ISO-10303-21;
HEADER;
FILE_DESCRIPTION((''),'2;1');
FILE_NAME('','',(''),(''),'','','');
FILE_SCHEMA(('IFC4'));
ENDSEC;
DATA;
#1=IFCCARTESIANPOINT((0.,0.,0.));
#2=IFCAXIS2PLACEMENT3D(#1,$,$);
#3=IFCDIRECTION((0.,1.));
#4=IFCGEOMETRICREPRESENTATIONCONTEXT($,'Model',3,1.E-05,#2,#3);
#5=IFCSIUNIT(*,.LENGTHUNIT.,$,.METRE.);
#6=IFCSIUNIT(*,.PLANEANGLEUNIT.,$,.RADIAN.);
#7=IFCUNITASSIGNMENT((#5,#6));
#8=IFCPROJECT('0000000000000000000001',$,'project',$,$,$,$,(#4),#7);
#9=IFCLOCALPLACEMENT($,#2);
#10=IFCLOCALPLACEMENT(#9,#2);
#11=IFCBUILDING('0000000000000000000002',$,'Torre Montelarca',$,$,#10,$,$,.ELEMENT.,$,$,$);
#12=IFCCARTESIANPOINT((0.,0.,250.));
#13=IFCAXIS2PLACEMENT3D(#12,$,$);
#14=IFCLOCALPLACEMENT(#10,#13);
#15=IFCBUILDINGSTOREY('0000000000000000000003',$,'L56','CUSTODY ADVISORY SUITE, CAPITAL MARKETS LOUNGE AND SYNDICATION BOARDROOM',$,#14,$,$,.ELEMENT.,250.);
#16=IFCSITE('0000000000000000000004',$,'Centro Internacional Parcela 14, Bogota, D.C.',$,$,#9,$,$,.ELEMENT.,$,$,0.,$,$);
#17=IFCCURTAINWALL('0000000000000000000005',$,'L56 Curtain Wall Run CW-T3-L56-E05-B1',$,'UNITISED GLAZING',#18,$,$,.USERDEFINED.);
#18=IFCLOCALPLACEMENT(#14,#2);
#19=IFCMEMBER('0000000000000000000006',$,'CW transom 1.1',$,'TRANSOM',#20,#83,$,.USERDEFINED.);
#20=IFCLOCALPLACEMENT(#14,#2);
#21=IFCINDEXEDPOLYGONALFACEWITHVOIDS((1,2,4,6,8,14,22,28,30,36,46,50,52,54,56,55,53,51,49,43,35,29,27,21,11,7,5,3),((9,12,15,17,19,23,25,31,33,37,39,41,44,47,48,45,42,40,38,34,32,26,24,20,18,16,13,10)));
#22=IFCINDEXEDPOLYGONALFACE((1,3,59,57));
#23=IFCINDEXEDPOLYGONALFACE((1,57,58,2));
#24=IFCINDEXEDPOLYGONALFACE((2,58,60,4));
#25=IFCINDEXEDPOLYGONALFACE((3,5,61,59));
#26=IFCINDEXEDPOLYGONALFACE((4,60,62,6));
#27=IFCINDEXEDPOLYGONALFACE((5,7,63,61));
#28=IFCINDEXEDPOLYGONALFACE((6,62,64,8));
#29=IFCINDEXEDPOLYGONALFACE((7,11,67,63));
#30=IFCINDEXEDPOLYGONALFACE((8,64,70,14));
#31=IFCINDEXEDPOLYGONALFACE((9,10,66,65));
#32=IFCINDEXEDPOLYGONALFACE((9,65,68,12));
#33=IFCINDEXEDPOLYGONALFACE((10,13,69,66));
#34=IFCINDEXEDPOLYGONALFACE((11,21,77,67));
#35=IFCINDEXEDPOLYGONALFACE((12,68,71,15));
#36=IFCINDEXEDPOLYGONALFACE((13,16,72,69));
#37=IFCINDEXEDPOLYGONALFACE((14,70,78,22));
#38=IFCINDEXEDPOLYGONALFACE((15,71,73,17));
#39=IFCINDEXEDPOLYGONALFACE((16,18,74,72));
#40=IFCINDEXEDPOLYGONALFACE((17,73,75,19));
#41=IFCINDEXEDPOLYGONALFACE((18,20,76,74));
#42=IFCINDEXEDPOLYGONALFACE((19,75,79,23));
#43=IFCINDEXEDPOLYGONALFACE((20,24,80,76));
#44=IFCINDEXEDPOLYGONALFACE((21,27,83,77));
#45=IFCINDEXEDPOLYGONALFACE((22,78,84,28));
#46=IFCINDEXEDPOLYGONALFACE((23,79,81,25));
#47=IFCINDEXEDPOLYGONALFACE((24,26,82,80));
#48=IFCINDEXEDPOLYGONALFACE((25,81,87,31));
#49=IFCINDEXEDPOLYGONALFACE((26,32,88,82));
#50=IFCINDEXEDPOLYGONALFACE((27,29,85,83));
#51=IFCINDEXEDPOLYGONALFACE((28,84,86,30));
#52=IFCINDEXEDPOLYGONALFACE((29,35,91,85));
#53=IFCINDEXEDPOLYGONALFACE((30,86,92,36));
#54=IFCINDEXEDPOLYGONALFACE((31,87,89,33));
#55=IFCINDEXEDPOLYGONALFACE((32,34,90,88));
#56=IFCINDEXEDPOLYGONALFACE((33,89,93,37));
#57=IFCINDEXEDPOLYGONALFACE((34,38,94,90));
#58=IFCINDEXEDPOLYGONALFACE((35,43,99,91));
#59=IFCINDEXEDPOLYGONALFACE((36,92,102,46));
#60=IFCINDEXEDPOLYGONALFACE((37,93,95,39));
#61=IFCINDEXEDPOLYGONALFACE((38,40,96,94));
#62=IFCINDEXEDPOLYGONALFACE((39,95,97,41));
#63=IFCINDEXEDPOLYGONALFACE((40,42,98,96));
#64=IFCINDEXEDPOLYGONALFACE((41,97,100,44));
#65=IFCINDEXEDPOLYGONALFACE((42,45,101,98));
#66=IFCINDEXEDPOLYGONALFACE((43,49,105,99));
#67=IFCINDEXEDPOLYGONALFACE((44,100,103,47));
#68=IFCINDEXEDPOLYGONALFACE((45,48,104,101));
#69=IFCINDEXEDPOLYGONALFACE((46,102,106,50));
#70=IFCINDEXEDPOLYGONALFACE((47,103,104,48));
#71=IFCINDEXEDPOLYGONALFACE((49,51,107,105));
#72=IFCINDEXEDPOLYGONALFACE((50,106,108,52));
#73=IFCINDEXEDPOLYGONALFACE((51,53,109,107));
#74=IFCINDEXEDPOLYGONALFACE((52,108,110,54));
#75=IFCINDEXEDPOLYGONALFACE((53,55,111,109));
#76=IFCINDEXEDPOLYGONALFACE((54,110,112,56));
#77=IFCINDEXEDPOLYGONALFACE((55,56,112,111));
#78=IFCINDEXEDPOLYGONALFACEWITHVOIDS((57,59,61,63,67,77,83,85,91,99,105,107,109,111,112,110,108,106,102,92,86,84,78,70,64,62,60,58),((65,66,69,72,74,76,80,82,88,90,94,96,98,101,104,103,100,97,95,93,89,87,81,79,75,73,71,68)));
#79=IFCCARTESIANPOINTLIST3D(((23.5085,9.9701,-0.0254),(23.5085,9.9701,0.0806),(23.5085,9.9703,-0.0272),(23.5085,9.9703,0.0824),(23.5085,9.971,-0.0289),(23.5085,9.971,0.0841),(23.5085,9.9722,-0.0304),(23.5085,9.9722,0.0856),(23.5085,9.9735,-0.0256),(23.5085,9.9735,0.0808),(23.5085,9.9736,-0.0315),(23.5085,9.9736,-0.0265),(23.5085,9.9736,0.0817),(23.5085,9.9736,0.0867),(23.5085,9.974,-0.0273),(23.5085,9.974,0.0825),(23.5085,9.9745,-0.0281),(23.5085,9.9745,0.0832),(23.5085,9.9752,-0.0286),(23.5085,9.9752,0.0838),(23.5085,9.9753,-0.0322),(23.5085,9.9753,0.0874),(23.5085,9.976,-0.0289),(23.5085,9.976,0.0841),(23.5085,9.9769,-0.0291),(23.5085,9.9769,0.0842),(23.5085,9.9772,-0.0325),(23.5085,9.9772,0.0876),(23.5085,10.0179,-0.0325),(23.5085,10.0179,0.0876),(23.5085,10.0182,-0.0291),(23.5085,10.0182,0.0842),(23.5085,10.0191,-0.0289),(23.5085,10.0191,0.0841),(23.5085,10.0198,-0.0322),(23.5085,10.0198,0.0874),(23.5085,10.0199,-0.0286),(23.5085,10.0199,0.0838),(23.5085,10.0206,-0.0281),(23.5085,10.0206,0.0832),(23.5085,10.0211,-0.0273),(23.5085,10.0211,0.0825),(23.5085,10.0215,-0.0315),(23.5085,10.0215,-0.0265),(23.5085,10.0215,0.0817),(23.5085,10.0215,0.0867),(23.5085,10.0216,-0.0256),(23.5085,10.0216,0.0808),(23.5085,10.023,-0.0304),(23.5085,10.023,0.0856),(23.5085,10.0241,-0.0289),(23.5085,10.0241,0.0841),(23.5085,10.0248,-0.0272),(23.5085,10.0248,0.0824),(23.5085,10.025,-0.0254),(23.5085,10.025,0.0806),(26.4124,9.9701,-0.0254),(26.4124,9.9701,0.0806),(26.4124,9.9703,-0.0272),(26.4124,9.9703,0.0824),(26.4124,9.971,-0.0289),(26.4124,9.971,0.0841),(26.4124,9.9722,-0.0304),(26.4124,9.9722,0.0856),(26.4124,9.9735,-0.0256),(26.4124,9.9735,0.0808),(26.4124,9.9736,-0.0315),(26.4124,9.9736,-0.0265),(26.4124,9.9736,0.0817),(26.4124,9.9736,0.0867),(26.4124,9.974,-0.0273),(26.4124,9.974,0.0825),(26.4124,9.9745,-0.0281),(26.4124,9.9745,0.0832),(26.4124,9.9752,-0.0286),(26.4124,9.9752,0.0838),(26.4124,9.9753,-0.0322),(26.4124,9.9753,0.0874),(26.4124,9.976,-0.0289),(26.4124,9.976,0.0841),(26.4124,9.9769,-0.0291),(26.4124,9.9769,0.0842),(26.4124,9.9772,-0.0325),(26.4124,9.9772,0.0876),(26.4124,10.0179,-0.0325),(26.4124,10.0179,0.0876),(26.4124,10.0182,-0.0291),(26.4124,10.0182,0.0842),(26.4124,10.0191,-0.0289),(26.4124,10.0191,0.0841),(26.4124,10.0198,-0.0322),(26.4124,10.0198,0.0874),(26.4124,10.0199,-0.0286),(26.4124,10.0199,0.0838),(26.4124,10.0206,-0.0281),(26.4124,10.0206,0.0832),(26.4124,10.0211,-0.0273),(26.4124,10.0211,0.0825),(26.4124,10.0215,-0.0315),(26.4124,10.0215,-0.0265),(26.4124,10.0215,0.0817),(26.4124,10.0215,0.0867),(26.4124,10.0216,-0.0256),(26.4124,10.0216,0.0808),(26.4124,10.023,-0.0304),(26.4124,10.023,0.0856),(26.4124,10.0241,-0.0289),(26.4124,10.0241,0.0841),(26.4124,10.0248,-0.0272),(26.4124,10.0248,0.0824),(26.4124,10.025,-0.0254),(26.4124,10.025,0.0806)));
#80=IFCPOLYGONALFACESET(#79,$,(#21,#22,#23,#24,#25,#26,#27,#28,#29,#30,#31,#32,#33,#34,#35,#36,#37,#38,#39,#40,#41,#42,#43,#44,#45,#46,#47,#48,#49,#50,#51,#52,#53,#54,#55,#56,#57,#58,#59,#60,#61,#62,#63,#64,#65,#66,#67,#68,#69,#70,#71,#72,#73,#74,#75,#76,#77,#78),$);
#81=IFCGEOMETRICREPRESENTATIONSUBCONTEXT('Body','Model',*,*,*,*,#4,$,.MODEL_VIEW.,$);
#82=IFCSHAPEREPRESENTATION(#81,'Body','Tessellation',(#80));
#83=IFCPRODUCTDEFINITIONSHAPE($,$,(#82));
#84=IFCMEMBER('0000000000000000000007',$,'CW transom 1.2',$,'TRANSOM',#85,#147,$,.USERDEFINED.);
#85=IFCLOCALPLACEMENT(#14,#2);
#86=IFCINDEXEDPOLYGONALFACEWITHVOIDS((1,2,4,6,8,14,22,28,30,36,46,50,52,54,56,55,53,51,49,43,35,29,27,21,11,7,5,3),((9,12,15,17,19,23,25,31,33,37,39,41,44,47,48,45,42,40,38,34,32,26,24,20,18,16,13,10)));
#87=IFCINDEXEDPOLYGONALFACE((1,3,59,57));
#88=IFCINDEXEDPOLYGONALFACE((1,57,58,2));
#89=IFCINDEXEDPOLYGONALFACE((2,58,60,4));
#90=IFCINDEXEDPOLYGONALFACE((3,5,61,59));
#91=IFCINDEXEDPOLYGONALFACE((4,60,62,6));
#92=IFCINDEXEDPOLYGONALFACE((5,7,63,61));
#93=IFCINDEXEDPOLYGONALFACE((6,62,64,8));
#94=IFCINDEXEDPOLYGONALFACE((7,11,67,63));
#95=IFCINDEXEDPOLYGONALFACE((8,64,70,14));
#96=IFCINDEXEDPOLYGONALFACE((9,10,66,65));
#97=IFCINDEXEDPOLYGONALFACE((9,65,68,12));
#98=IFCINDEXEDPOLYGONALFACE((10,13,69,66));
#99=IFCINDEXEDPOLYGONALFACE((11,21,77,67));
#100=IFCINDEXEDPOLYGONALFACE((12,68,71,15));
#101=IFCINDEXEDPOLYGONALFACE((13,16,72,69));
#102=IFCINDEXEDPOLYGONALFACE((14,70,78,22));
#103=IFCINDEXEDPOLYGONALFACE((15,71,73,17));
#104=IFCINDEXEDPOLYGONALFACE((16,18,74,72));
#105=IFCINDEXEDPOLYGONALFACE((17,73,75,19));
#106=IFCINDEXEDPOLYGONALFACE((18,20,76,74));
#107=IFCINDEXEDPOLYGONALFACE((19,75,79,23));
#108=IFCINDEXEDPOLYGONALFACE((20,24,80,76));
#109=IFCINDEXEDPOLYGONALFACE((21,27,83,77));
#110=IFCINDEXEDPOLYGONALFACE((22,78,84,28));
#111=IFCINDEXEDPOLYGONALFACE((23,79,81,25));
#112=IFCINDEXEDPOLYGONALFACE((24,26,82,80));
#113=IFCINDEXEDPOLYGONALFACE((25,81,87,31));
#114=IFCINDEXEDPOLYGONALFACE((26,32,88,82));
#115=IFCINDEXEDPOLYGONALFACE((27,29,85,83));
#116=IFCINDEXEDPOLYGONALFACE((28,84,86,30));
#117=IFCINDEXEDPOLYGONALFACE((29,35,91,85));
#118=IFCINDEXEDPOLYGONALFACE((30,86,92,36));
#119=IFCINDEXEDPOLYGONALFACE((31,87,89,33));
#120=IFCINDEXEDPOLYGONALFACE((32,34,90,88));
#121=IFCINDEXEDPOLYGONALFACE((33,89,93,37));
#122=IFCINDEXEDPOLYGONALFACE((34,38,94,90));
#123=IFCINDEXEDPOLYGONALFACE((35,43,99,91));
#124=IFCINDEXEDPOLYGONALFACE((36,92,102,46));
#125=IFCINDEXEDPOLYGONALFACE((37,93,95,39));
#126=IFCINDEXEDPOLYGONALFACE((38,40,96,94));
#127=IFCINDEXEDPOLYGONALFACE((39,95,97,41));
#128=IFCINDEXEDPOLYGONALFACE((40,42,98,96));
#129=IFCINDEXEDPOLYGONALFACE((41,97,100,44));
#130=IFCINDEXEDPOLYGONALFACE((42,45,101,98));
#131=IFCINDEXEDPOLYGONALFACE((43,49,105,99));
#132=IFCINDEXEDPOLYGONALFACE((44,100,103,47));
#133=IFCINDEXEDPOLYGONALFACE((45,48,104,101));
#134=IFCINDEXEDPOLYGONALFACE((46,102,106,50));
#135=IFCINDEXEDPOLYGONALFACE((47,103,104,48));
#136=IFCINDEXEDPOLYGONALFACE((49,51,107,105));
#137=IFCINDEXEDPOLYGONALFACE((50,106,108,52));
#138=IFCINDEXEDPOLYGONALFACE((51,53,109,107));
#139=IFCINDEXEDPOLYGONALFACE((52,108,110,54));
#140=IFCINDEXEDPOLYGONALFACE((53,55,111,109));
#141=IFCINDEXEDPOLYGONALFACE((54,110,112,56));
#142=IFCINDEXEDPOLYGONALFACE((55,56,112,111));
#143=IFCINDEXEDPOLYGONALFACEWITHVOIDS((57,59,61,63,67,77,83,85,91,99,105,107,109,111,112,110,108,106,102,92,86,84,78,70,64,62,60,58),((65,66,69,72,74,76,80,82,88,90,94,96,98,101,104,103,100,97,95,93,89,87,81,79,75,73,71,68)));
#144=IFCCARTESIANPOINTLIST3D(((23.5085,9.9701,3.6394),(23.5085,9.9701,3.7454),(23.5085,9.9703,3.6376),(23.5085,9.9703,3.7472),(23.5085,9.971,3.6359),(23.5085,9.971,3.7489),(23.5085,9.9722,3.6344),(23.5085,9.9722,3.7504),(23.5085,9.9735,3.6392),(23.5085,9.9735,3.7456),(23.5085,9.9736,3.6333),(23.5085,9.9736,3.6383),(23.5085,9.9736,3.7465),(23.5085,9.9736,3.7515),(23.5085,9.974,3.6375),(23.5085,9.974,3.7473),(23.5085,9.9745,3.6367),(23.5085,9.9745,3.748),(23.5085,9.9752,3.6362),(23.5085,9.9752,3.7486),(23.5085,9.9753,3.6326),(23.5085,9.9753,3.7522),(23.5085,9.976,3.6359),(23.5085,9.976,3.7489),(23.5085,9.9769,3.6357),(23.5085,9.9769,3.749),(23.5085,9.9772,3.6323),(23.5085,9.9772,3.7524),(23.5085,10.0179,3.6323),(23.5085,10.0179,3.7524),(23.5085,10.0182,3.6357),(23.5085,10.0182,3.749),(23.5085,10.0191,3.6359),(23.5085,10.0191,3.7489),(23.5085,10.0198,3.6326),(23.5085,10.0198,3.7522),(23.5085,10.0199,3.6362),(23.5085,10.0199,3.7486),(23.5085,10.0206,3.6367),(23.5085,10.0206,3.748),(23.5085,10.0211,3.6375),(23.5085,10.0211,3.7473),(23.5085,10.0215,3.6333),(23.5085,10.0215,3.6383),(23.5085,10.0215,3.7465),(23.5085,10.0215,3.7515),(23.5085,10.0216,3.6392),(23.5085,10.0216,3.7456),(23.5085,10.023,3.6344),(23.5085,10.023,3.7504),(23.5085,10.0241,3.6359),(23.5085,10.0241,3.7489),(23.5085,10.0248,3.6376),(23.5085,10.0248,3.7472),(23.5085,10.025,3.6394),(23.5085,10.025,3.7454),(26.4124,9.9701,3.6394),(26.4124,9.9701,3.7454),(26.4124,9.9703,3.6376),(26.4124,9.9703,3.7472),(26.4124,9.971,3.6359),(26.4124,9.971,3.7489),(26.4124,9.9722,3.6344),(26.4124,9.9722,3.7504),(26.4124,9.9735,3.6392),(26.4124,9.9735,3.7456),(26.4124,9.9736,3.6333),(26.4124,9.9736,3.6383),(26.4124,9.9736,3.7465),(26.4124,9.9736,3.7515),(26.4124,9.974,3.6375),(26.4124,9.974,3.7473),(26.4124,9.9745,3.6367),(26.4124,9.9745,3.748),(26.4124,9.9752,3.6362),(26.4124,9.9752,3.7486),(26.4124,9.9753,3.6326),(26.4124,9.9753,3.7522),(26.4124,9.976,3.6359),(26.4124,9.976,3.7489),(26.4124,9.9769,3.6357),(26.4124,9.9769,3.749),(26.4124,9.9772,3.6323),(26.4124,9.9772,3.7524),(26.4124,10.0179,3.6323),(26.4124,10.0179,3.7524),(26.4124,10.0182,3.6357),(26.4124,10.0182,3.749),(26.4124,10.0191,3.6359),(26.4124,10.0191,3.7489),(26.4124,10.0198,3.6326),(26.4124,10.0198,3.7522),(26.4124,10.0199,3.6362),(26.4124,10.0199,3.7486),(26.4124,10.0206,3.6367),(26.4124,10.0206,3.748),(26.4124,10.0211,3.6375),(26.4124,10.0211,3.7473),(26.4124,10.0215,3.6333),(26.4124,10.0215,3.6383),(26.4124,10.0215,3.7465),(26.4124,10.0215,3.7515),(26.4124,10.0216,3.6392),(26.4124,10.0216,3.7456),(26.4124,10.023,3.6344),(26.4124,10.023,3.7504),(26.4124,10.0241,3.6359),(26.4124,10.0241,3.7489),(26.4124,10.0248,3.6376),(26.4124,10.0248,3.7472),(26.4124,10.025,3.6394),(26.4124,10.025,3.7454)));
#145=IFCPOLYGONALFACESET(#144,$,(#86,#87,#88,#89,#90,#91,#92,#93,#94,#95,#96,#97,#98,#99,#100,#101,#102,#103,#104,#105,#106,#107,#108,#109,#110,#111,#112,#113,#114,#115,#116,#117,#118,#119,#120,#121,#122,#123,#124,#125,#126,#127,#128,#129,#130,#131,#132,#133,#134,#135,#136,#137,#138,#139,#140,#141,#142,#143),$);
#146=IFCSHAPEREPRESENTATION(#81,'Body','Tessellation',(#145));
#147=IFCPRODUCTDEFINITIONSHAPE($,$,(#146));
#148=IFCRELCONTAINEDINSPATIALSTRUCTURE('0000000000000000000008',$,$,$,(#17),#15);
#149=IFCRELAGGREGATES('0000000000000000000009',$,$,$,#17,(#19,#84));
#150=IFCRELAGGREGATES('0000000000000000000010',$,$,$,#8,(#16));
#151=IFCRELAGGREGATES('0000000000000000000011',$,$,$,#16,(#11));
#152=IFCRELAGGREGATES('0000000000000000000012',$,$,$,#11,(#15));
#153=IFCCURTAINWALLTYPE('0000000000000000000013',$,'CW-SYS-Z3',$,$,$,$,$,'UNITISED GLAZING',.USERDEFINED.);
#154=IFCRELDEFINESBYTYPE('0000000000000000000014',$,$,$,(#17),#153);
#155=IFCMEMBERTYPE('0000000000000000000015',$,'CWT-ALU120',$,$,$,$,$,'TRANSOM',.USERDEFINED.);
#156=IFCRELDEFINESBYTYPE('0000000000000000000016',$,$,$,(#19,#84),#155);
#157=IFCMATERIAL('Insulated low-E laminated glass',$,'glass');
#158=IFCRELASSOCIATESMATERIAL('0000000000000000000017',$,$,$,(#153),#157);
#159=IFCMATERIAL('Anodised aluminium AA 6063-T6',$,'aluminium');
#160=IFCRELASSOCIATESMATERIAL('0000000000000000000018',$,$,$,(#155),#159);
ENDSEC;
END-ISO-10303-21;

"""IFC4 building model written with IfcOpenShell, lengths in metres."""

from ifc_helpers import new_model, si_unit, direction, frame, origin, origin_2d, place, context, subcontext, project, spatial, hollow_rectangle, extrude, source, transform, mapped, material, material_profile, profile_set, type_object, element, aggregate, save


model = new_model("IFC4")

# Units and contexts
model_context = context("Model", 3, precision=1e-05, world=origin(), true_north=direction((0.0, 1.0)))
body_context = subcontext(model_context, "Body", "Model", "MODEL_VIEW")
ifc_project = project(units=[si_unit("LENGTHUNIT", "METRE"), si_unit("PLANEANGLEUNIT", "RADIAN")], contexts=[model_context])

# Site, building, storey
site_placement = place(None, origin())
site = spatial("IfcSite", under=ifc_project, at=site_placement, Name="Centro Internacional Parcela 14, Bogota, D.C.", CompositionType="ELEMENT", RefElevation=0.0)
building_placement = place(site_placement, origin())
building = spatial("IfcBuilding", under=site, at=building_placement, Name="Torre Montelarca", CompositionType="ELEMENT")
storey_placement = place(building_placement, frame((0.0, 0.0, 250.0)))
storey = spatial("IfcBuildingStorey", under=building, at=storey_placement, Name="L56", Description="CUSTODY ADVISORY SUITE, CAPITAL MARKETS LOUNGE AND SYNDICATION BOARDROOM", CompositionType="ELEMENT", Elevation=250.0)

# Curtain wall
ifc_material_1 = material(Name="Insulated low-E laminated glass", Category="glass")
curtain_wall_type = type_object("IfcCurtainWallType", Name="CW-SYS-Z3", ElementType="UNITISED GLAZING", PredefinedType="USERDEFINED", material=ifc_material_1)
curtain_wall_1_placement = place(storey_placement, origin())
curtain_wall_1 = element("IfcCurtainWall", 1, at=curtain_wall_1_placement, inside=storey, type_object=curtain_wall_type, Name="L56 Curtain Wall Run CW-T3-L56-E05-B1", ObjectType="UNITISED GLAZING", PredefinedType="USERDEFINED")
ifc_material_2 = material(Name="Anodised aluminium AA 6063-T6", Category="aluminium")
ifc_material_profile_1 = material_profile(ifc_material_2, hollow_rectangle(XDim=0.0549, YDim=0.1201, WallThickness=0.0034, InnerFilletRadius=0.0034, OuterFilletRadius=0.0071, at=origin_2d()), Name="ALU55X120X3.5", Category="aluminium")
ifc_profile_set_1 = profile_set([ifc_material_profile_1], Name="Anodised aluminium AA 6063-T6")
member_type_1 = type_object("IfcMemberType", Name="CWT-ALU120", ElementType="TRANSOM", PredefinedType="USERDEFINED", material=ifc_profile_set_1)

# Members
shared_shape_1 = source(origin(), body_context, "Body", "SweptSolid", [
    extrude(hollow_rectangle(XDim=0.0549, YDim=0.1201, WallThickness=0.0034, InnerFilletRadius=0.0034, OuterFilletRadius=0.0071, at=origin_2d()), origin(), (0.0, 0.0, 1.0), 2.9038),
])
member_1_placement = place(storey_placement, frame((23.5085, 9.9976, 0.0276), z_axis=(1.0, 0.0, 0.0), x_axis=(0.0, 1.0, 0.0)))
member_1 = element("IfcMember", 2, at=member_1_placement, type_object=member_type_1, Name="CW transom 1.1", ObjectType="TRANSOM", PredefinedType="USERDEFINED", context=body_context, shape_type="MappedRepresentation", body=[
    mapped(shared_shape_1, transform((0.0, 0.0, 0.0), scale=1.0)),
])
member_2_placement = place(storey_placement, frame((23.5085, 9.9976, 3.6924), z_axis=(1.0, 0.0, 0.0), x_axis=(0.0, 1.0, 0.0)))
member_2 = element("IfcMember", 3, at=member_2_placement, type_object=member_type_1, Name="CW transom 1.2", ObjectType="TRANSOM", PredefinedType="USERDEFINED", context=body_context, shape_type="MappedRepresentation", body=[
    mapped(shared_shape_1, transform((0.0, 0.0, 0.0), scale=1.0)),
])

aggregate(curtain_wall_1, [member_1, member_2])

save(model, "model.ifc")
